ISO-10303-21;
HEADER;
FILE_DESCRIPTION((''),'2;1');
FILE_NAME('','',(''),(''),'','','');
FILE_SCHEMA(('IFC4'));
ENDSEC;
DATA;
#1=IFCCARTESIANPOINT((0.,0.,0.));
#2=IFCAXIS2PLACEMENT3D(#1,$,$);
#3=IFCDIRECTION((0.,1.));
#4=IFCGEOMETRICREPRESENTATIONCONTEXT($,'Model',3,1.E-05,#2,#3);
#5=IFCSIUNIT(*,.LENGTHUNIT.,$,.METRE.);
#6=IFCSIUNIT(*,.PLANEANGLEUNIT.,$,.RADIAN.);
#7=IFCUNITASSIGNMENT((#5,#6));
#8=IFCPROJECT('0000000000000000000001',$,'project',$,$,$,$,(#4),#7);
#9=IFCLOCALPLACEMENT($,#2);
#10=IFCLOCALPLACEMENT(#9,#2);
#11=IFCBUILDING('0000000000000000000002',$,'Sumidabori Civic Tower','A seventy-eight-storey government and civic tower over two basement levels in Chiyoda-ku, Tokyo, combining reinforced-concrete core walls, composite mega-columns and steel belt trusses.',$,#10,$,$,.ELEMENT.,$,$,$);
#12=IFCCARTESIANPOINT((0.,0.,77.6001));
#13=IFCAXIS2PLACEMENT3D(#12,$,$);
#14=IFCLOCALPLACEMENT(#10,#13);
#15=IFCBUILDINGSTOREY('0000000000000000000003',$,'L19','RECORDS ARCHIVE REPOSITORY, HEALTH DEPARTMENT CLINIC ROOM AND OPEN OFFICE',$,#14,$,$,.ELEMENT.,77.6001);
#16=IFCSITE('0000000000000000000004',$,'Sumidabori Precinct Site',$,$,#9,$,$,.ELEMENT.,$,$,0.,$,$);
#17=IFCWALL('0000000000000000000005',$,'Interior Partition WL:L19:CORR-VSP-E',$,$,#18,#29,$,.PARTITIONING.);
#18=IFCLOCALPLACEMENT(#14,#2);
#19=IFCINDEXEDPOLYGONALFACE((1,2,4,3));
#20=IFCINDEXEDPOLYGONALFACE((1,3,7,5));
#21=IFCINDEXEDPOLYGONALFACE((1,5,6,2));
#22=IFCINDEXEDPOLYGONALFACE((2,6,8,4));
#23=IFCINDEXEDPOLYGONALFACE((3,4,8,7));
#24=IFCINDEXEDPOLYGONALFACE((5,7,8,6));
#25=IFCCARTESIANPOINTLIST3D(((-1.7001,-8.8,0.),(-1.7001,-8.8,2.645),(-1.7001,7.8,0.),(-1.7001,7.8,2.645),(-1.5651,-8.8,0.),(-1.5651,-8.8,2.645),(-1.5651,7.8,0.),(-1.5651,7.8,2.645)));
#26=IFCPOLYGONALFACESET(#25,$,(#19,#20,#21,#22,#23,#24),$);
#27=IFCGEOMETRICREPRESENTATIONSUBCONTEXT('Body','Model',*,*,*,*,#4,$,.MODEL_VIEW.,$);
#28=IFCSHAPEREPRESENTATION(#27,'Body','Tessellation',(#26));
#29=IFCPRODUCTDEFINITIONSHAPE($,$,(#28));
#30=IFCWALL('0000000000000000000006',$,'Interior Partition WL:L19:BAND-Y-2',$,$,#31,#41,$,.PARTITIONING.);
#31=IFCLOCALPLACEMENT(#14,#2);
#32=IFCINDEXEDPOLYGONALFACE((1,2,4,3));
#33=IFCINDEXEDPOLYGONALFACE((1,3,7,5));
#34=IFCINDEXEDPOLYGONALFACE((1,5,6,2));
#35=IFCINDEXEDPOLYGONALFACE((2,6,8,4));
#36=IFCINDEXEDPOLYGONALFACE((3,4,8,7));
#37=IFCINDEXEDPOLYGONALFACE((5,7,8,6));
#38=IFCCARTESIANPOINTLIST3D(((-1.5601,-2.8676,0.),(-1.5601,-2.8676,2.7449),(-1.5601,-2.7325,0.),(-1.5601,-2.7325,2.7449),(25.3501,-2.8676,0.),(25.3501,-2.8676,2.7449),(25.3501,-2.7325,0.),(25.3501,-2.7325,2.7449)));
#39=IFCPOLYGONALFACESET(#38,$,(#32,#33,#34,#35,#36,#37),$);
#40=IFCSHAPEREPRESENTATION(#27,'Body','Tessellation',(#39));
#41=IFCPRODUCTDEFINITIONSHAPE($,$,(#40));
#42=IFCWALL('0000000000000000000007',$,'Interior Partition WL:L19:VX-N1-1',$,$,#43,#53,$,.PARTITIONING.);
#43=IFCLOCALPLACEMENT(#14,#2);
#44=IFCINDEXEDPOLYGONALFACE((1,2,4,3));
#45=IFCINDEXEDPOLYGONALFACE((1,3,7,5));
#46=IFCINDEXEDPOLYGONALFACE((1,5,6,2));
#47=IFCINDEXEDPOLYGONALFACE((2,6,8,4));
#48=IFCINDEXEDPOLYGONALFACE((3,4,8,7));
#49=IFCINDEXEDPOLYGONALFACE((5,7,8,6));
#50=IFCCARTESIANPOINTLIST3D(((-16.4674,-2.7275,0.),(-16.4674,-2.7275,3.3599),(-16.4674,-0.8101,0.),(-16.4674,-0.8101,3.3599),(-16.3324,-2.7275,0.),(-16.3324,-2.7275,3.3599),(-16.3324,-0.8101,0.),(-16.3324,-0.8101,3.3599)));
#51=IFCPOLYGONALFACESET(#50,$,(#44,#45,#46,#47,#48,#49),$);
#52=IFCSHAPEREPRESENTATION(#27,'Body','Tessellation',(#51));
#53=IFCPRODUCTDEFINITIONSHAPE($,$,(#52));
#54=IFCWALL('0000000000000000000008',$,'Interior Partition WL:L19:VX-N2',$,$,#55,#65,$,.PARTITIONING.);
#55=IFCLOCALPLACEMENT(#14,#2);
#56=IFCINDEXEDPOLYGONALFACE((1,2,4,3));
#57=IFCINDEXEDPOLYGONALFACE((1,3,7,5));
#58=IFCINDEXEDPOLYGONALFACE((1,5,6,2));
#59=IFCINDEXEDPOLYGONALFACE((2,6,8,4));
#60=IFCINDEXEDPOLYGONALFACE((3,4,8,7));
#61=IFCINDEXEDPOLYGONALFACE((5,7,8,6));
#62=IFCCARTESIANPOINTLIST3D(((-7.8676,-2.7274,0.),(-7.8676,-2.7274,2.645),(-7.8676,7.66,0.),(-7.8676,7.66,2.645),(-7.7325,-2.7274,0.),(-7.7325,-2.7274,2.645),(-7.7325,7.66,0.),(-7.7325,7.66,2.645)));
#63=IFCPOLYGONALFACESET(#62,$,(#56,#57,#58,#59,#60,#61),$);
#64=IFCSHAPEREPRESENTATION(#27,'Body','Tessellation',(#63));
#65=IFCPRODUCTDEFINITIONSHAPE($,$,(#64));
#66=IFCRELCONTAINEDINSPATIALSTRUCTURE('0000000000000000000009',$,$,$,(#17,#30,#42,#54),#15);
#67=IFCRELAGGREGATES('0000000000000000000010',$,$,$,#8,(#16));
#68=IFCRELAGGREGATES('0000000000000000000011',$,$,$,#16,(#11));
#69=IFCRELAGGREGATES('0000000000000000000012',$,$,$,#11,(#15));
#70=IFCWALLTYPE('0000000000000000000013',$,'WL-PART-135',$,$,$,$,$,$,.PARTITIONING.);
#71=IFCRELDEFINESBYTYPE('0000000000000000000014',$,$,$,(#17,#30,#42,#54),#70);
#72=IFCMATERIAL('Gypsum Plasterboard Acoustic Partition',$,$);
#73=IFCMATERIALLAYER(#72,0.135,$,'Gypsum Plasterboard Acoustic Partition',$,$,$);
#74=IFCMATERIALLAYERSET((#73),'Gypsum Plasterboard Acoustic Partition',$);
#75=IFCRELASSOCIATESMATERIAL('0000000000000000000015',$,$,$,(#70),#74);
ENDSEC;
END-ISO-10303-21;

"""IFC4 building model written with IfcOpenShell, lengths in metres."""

from ifc_helpers import new_model, si_unit, direction, frame, frame_2d, origin, place, context, subcontext, project, spatial, rectangle, extrude, source, transform, mapped, material, layer, layer_set, type_object, element, save


model = new_model("IFC4")

# Units and contexts
model_context = context("Model", 3, precision=1e-05, world=origin(), true_north=direction((0.0, 1.0)))
body_context = subcontext(model_context, "Body", "Model", "MODEL_VIEW")
ifc_project = project(units=[si_unit("LENGTHUNIT", "METRE"), si_unit("PLANEANGLEUNIT", "RADIAN")], contexts=[model_context])

# Site, building, storey
site_placement = place(None, origin())
site = spatial("IfcSite", under=ifc_project, at=site_placement, Name="Sumidabori Precinct Site", CompositionType="ELEMENT", RefElevation=0.0)
building_placement = place(site_placement, origin())
building = spatial("IfcBuilding", under=site, at=building_placement, Name="Sumidabori Civic Tower", Description="A seventy-eight-storey government and civic tower over two basement levels in Chiyoda-ku, Tokyo, combining reinforced-concrete core walls, composite mega-columns and steel belt trusses.", CompositionType="ELEMENT")
storey_placement = place(building_placement, frame((0.0, 0.0, 77.6001)))
storey = spatial("IfcBuildingStorey", under=building, at=storey_placement, Name="L19", Description="RECORDS ARCHIVE REPOSITORY, HEALTH DEPARTMENT CLINIC ROOM AND OPEN OFFICE", CompositionType="ELEMENT", Elevation=77.6001)

# Shared definitions
ifc_material_1 = material(Name="Gypsum Plasterboard Acoustic Partition")
ifc_layer = layer(ifc_material_1, 0.135, Name="Gypsum Plasterboard Acoustic Partition")
ifc_layer_set = layer_set([ifc_layer], Name="Gypsum Plasterboard Acoustic Partition")
wall_type = type_object("IfcWallType", Name="WL-PART-135", PredefinedType="PARTITIONING", material=ifc_layer_set)

# Walls
shared_shape_1 = source(origin(), body_context, "Body", "SweptSolid", [
    extrude(rectangle(XDim=16.6001, YDim=0.135, at=frame_2d((8.3, 0.0))), origin(), (0.0, 0.0, 1.0), 2.645),
])
for number, where, z_axis, x_axis, name in (
    (1, (-1.6326, -8.8, 0.0), (0.0, 0.0, 1.0), (0.0, 1.0, 0.0), "Interior Partition WL:L19:CORR-VSP-E"),
):
    element("IfcWall", number, at=place(storey_placement, frame(where, z_axis=z_axis, x_axis=x_axis)), inside=storey, type_object=wall_type, Name=name, PredefinedType="PARTITIONING", context=body_context, shape_type="MappedRepresentation", body=[
        mapped(shared_shape_1, transform((0.0, 0.0, 0.0), x_axis=(1.0, 0.0, 0.0), y_axis=(0.0, 1.0, 0.0), z_axis=(0.0, 0.0, 1.0), scale=1.0)),
    ])
shared_shape_2 = source(origin(), body_context, "Body", "SweptSolid", [
    extrude(rectangle(XDim=26.9102, YDim=0.135, at=frame_2d((13.4551, 0.0))), origin(), (0.0, 0.0, 1.0), 2.7449),
])
wall_1_placement = place(storey_placement, frame((-1.5601, -2.8, 0.0), z_axis=(0.0, 0.0, 1.0), x_axis=(1.0, 0.0, 0.0)))
element("IfcWall", 2, at=wall_1_placement, inside=storey, type_object=wall_type, Name="Interior Partition WL:L19:BAND-Y-2", PredefinedType="PARTITIONING", context=body_context, shape_type="MappedRepresentation", body=[
    mapped(shared_shape_2, transform((0.0, 0.0, 0.0), x_axis=(1.0, 0.0, 0.0), y_axis=(0.0, 1.0, 0.0), z_axis=(0.0, 0.0, 1.0), scale=1.0)),
])
shared_shape_3 = source(origin(), body_context, "Body", "SweptSolid", [
    extrude(rectangle(XDim=1.9175, YDim=0.135, at=frame_2d((0.9587, 0.0))), origin(), (0.0, 0.0, 1.0), 3.3599),
])
wall_2_placement = place(storey_placement, frame((-16.3999, -2.7275, 0.0), z_axis=(0.0, 0.0, 1.0), x_axis=(0.0, 1.0, 0.0)))
element("IfcWall", 3, at=wall_2_placement, inside=storey, type_object=wall_type, Name="Interior Partition WL:L19:VX-N1-1", PredefinedType="PARTITIONING", context=body_context, shape_type="MappedRepresentation", body=[
    mapped(shared_shape_3, transform((0.0, 0.0, 0.0), x_axis=(1.0, 0.0, 0.0), y_axis=(0.0, 1.0, 0.0), z_axis=(0.0, 0.0, 1.0), scale=1.0)),
])
shared_shape_4 = source(origin(), body_context, "Body", "SweptSolid", [
    extrude(rectangle(XDim=10.3875, YDim=0.135, at=frame_2d((5.1938, 0.0))), origin(), (0.0, 0.0, 1.0), 2.645),
])
wall_3_placement = place(storey_placement, frame((-7.8, -2.7275, 0.0), z_axis=(0.0, 0.0, 1.0), x_axis=(0.0, 1.0, 0.0)))
element("IfcWall", 4, at=wall_3_placement, inside=storey, type_object=wall_type, Name="Interior Partition WL:L19:VX-N2", PredefinedType="PARTITIONING", context=body_context, shape_type="MappedRepresentation", body=[
    mapped(shared_shape_4, transform((0.0, 0.0, 0.0), x_axis=(1.0, 0.0, 0.0), y_axis=(0.0, 1.0, 0.0), z_axis=(0.0, 0.0, 1.0), scale=1.0)),
])

save(model, "model.ifc")
